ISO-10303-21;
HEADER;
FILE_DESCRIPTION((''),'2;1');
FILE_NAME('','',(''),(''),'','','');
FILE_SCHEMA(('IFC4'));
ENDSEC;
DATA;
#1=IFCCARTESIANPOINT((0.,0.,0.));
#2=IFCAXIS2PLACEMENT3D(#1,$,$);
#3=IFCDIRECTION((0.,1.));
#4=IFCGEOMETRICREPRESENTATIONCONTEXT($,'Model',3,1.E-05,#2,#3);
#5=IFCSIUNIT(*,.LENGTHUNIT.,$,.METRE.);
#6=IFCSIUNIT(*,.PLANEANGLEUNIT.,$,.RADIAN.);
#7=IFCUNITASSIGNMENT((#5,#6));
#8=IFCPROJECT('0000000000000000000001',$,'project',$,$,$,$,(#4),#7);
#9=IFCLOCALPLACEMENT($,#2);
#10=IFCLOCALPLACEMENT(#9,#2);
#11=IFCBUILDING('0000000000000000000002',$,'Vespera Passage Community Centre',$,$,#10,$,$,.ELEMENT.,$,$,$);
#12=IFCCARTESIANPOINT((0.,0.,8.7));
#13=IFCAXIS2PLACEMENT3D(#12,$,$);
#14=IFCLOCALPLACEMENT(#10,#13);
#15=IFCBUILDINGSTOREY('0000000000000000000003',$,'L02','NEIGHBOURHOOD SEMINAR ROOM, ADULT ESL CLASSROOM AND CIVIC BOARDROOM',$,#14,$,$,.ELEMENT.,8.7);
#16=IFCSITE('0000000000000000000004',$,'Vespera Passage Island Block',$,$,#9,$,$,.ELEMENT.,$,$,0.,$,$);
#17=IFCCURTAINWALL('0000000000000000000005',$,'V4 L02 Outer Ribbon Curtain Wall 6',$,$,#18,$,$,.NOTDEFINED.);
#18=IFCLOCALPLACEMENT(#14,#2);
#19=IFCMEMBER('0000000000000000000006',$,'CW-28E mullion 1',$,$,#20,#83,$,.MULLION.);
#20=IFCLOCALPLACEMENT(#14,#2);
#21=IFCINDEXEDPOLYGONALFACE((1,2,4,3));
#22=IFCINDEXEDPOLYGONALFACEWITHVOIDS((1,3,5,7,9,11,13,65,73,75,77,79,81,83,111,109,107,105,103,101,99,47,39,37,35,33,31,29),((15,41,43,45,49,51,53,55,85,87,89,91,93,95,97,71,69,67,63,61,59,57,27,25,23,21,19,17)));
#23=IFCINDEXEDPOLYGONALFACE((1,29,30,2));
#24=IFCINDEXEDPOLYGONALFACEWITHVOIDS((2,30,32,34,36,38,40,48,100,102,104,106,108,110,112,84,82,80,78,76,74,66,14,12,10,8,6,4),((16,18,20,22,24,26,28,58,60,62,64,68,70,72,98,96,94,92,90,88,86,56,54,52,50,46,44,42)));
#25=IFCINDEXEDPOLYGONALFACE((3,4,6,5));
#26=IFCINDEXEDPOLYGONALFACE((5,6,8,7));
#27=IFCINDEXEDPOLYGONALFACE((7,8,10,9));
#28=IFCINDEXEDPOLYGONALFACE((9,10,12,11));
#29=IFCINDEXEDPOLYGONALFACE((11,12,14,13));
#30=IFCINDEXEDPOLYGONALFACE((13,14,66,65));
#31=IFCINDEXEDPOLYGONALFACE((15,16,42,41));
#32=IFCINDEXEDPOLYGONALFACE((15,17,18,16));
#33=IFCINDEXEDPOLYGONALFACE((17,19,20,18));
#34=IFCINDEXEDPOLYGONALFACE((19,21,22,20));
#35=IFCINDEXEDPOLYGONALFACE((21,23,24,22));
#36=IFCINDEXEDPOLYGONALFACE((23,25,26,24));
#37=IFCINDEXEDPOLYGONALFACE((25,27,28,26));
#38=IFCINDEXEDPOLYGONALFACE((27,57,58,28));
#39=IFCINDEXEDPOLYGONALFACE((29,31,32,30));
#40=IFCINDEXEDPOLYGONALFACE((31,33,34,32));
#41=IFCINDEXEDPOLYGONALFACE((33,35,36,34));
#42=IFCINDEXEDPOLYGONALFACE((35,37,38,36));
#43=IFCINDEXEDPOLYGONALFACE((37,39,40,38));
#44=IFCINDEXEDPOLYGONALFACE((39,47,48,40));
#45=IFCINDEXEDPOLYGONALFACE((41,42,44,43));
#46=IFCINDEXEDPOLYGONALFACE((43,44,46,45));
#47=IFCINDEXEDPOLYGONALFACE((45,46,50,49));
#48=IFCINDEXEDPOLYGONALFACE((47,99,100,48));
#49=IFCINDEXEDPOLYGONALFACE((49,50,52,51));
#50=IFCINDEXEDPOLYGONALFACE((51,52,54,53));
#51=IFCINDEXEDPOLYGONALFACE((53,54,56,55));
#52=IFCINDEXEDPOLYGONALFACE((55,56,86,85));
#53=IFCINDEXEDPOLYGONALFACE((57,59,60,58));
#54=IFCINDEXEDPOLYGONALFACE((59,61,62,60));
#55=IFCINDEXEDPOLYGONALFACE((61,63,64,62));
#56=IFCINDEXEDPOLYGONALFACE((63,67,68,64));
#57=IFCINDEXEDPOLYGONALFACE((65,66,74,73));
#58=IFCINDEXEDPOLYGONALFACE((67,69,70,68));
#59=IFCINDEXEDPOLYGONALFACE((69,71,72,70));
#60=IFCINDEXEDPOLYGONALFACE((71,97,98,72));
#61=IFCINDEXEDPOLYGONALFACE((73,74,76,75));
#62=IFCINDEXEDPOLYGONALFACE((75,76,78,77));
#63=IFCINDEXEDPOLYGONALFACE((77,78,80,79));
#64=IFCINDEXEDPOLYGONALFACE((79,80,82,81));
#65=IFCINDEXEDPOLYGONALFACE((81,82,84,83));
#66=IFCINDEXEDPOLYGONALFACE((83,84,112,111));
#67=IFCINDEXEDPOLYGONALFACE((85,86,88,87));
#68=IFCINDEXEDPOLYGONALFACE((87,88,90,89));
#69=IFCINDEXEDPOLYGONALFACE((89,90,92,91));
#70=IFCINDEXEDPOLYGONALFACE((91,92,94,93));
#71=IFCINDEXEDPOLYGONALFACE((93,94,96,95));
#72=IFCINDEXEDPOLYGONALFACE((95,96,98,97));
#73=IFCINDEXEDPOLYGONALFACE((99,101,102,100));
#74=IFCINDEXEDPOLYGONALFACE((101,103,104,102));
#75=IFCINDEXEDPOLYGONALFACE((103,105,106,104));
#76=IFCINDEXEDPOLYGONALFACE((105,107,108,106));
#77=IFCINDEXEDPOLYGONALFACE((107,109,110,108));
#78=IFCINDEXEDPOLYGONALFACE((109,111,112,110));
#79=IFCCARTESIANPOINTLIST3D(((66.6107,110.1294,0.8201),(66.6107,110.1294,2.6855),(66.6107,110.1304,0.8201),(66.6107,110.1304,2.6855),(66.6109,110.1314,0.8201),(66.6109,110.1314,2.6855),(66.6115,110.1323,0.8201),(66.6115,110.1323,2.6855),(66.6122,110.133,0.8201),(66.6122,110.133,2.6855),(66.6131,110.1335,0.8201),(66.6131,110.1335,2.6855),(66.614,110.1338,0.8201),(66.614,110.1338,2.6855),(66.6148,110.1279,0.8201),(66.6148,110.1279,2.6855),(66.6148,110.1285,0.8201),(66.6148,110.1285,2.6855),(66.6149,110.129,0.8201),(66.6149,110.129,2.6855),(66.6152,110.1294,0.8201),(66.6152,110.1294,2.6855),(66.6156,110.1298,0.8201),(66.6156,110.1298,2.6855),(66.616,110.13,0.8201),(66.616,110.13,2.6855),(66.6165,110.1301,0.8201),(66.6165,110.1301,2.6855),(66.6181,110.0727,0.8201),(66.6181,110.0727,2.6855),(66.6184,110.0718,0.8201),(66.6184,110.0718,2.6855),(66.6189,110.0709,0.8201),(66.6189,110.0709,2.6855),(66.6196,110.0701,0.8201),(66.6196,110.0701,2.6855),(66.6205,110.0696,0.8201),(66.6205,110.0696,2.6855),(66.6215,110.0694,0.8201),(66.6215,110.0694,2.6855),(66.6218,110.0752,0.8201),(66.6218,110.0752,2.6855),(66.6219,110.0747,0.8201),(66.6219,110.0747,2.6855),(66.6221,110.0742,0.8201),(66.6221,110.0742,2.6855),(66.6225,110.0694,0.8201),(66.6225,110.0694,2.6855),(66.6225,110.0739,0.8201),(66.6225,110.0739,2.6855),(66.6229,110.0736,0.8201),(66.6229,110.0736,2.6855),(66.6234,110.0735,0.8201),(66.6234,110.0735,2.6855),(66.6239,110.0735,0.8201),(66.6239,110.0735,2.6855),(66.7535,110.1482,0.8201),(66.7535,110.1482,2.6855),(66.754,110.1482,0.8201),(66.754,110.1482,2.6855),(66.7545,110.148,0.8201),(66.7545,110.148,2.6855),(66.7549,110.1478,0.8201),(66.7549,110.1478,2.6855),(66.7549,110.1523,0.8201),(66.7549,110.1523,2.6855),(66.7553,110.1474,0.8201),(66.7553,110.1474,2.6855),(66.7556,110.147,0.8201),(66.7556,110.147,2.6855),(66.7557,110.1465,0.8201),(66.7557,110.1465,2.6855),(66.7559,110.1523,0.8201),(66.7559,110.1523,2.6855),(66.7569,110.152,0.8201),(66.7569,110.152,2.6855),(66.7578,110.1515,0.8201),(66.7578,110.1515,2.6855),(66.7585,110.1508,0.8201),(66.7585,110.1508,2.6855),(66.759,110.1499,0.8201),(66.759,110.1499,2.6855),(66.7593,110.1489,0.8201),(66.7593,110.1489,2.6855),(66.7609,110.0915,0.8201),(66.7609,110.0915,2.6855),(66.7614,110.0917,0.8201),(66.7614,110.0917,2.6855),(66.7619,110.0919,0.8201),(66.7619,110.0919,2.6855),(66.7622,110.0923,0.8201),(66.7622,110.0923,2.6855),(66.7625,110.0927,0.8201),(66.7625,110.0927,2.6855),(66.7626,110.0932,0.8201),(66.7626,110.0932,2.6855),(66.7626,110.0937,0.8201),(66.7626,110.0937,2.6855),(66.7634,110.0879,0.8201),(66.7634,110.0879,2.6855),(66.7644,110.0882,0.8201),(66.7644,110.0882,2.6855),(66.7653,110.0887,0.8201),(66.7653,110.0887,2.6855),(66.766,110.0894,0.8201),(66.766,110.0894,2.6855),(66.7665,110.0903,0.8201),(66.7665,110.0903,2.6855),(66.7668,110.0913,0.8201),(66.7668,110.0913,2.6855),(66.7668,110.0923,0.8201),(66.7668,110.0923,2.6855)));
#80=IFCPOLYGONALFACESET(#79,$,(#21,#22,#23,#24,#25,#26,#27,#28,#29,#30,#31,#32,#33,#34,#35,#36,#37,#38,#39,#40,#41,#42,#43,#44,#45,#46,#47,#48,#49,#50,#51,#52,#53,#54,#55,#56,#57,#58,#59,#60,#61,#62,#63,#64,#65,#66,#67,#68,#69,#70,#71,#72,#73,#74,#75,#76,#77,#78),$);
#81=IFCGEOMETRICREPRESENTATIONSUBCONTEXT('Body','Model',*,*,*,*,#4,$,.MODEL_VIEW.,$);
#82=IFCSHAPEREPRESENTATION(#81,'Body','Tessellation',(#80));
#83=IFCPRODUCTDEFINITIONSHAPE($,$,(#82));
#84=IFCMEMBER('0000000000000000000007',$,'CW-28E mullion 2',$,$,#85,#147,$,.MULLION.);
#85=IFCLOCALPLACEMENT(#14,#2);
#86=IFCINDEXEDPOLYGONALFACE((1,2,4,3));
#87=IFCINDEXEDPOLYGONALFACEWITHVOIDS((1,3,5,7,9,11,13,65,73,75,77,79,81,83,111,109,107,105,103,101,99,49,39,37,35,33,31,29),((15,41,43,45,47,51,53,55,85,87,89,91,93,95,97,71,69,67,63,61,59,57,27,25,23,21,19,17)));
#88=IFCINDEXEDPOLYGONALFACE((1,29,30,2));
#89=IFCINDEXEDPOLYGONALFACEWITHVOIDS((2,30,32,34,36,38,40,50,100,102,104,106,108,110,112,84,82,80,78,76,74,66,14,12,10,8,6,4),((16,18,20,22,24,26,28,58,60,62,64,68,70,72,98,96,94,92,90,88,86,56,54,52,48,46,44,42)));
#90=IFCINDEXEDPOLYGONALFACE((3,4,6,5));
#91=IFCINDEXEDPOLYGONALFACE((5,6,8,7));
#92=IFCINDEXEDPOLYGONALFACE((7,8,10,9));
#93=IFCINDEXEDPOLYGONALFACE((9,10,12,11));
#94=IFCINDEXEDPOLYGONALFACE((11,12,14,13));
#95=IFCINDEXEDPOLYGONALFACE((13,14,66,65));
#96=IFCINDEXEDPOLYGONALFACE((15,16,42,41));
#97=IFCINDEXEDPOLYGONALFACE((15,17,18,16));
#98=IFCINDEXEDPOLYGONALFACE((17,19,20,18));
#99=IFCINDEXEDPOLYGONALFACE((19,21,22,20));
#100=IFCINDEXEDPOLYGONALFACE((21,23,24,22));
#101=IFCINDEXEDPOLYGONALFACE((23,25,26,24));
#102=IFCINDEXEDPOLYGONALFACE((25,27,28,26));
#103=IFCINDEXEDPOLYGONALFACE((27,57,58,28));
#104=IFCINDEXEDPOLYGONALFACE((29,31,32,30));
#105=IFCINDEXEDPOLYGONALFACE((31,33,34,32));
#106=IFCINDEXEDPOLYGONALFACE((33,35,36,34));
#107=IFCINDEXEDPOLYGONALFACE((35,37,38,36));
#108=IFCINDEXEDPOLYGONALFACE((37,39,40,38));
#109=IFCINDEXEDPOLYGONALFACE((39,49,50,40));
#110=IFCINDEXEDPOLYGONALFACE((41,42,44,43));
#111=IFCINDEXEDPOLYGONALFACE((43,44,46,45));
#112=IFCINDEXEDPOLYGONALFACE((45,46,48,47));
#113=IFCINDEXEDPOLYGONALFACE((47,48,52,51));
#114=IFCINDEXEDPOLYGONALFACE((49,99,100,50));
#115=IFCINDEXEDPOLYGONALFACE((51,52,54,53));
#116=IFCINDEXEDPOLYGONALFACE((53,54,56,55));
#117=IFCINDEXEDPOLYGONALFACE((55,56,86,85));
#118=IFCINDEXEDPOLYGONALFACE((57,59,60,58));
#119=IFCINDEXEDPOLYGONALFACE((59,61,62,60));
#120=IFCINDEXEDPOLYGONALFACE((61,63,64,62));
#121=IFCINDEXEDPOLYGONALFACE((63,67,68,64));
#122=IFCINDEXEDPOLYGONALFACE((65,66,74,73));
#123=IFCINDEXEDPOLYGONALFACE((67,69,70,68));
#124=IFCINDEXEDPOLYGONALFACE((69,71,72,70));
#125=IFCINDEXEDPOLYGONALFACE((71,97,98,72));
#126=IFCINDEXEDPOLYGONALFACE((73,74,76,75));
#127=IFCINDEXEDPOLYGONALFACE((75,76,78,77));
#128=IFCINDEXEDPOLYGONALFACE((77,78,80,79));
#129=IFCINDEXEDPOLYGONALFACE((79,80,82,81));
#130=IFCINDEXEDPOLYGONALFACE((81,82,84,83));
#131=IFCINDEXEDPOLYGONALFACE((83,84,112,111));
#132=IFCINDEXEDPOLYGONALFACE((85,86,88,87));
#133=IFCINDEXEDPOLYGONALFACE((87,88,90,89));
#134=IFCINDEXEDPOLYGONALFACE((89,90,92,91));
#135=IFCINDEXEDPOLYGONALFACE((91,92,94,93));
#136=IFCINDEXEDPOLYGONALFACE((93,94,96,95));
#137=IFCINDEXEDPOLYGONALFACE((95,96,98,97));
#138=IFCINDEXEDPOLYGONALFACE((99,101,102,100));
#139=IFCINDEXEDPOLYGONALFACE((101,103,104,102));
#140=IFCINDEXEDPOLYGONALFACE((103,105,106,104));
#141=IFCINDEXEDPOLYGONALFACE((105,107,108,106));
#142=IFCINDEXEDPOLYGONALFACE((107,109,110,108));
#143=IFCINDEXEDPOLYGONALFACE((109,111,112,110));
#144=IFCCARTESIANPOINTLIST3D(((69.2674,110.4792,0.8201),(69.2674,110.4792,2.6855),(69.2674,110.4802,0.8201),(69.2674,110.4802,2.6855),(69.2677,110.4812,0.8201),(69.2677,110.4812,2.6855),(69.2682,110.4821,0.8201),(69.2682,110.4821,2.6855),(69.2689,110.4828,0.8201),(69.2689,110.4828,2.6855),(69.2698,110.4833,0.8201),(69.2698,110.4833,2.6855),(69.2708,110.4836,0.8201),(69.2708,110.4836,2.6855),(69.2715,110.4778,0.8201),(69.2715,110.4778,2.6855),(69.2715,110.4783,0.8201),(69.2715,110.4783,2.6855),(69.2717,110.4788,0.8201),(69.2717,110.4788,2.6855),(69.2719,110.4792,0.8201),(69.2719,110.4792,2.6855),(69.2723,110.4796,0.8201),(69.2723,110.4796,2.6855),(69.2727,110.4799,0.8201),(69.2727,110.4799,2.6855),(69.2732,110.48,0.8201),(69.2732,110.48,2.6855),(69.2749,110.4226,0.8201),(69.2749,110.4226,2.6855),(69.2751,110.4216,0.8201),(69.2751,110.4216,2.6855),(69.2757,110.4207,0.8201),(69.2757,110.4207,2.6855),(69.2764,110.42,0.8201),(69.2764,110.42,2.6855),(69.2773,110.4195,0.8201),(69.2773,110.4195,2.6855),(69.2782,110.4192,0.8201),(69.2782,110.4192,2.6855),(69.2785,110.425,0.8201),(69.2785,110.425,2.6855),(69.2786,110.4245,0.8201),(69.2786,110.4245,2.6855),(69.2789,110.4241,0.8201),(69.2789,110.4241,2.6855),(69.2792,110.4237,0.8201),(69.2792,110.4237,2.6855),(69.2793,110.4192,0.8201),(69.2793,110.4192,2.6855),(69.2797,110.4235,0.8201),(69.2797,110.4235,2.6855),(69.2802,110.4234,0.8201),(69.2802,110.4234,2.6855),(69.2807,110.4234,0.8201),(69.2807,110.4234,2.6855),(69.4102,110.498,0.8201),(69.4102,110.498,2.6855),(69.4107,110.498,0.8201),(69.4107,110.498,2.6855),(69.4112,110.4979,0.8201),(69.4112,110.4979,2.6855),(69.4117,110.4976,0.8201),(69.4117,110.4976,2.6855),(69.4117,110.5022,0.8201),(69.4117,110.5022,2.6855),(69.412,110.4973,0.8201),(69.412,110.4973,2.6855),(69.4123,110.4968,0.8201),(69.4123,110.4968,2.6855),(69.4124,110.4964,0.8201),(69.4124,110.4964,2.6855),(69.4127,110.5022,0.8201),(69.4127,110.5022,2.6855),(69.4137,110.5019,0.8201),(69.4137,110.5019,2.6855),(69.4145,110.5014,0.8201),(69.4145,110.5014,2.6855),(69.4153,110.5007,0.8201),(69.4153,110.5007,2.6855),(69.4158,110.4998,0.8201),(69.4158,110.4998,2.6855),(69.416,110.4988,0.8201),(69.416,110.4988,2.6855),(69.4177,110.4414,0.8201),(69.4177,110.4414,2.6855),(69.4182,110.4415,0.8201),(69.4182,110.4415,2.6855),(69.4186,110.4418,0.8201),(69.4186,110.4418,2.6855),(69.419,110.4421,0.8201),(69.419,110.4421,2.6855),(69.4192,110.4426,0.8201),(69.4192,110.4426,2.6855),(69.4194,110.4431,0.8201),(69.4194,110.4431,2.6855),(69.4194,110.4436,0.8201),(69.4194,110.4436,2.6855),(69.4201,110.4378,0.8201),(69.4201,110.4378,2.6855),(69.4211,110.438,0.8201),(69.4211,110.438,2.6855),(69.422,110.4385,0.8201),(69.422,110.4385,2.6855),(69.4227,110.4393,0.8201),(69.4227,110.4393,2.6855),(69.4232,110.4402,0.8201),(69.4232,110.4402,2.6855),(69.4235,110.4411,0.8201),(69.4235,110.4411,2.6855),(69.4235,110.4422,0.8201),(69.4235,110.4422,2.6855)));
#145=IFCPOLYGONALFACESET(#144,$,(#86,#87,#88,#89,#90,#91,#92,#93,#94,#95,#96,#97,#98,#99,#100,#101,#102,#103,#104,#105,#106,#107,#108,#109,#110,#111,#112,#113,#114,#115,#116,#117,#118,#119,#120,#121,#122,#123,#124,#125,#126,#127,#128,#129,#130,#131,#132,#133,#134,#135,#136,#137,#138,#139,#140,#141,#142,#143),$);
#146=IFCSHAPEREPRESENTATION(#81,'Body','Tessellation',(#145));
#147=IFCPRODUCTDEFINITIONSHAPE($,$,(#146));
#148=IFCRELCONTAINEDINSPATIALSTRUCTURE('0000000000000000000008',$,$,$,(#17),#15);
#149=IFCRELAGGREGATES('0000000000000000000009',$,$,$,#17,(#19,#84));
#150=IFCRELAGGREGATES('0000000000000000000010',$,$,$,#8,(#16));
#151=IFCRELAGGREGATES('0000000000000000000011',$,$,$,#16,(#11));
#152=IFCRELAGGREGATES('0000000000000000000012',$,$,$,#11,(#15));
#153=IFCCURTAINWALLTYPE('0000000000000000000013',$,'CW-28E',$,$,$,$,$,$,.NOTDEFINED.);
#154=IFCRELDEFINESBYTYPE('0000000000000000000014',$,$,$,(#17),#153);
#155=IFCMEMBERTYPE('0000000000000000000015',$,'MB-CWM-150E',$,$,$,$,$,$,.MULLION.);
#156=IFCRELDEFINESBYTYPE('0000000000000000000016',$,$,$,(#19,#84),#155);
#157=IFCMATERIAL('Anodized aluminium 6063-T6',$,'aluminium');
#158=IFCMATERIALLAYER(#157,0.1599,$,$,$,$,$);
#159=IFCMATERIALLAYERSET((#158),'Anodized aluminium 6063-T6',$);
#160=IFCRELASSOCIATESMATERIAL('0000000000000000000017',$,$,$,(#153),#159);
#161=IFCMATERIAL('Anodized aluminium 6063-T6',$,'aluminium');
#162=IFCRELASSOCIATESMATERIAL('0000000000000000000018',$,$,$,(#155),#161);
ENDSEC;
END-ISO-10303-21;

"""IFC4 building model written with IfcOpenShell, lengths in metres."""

from ifc_helpers import new_model, si_unit, direction, frame, origin, origin_2d, place, context, subcontext, project, spatial, hollow_rectangle, extrude, material, layer, layer_set, material_profile, profile_set, type_object, element, aggregate, save


model = new_model("IFC4")

# Units and contexts
model_context = context("Model", 3, precision=1e-05, world=origin(), true_north=direction((0.0, 1.0)))
body_context = subcontext(model_context, "Body", "Model", "MODEL_VIEW")
ifc_project = project(units=[si_unit("LENGTHUNIT", "METRE"), si_unit("PLANEANGLEUNIT", "RADIAN")], contexts=[model_context])

# Site, building, storey
site_placement = place(None, origin())
site = spatial("IfcSite", under=ifc_project, at=site_placement, Name="Vespera Passage Island Block", CompositionType="ELEMENT", RefElevation=0.0)
building_placement = place(site_placement, origin())
building = spatial("IfcBuilding", under=site, at=building_placement, Name="Vespera Passage Community Centre", CompositionType="ELEMENT")
storey_placement = place(building_placement, frame((0.0, 0.0, 8.7)))
storey = spatial("IfcBuildingStorey", under=building, at=storey_placement, Name="L02", Description="NEIGHBOURHOOD SEMINAR ROOM, ADULT ESL CLASSROOM AND CIVIC BOARDROOM", CompositionType="ELEMENT", Elevation=8.7)

# Curtain wall, members
ifc_material_1 = material(Name="Anodized aluminium 6063-T6", Category="aluminium")
ifc_layer_1 = layer(ifc_material_1, 0.1599)
ifc_layer_set_1 = layer_set([ifc_layer_1], Name="Anodized aluminium 6063-T6")
curtain_wall_type = type_object("IfcCurtainWallType", Name="CW-28E", PredefinedType="NOTDEFINED", material=ifc_layer_set_1)
curtain_wall_placement = place(storey_placement, origin())
curtain_wall = element("IfcCurtainWall", 1, at=curtain_wall_placement, inside=storey, type_object=curtain_wall_type, Name="V4 L02 Outer Ribbon Curtain Wall 6", PredefinedType="NOTDEFINED")
ifc_material_2 = material(Name="Anodized aluminium 6063-T6", Category="aluminium")
ifc_material_profile_1 = material_profile(ifc_material_2, hollow_rectangle(XDim=0.0649, YDim=0.1499, WallThickness=0.0039, InnerFilletRadius=0.002, OuterFilletRadius=0.0039, at=origin_2d()), Name="ALU150X65X4")
ifc_profile_set_1 = profile_set([ifc_material_profile_1], Name="Anodized aluminium 6063-T6")
member_type_1 = type_object("IfcMemberType", Name="MB-CWM-150E", PredefinedType="MULLION", material=ifc_profile_set_1)
member_1_placement = place(storey_placement, frame((66.6887, 110.1108, 0.8201), z_axis=(0.0, 0.0, 1.0), x_axis=(-0.130531, 0.991444, 0.0)))
member_1 = element("IfcMember", 2, at=member_1_placement, type_object=member_type_1, Name="CW-28E mullion 1", PredefinedType="MULLION", context=body_context, shape_type="SweptSolid", body=[
    extrude(hollow_rectangle(XDim=0.0649, YDim=0.1499, WallThickness=0.0039, InnerFilletRadius=0.002, OuterFilletRadius=0.0039, at=origin_2d()), origin(), (0.0, 0.0, 1.0), 1.8655),
])
member_2_placement = place(storey_placement, frame((69.3455, 110.4607, 0.8201), z_axis=(0.0, 0.0, 1.0), x_axis=(-0.130531, 0.991444, 0.0)))
member_2 = element("IfcMember", 3, at=member_2_placement, type_object=member_type_1, Name="CW-28E mullion 2", PredefinedType="MULLION", context=body_context, shape_type="SweptSolid", body=[
    extrude(hollow_rectangle(XDim=0.0649, YDim=0.1499, WallThickness=0.0039, InnerFilletRadius=0.002, OuterFilletRadius=0.0039, at=origin_2d()), origin(), (0.0, 0.0, 1.0), 1.8655),
])
aggregate(curtain_wall, [member_1, member_2])

save(model, "model.ifc")
